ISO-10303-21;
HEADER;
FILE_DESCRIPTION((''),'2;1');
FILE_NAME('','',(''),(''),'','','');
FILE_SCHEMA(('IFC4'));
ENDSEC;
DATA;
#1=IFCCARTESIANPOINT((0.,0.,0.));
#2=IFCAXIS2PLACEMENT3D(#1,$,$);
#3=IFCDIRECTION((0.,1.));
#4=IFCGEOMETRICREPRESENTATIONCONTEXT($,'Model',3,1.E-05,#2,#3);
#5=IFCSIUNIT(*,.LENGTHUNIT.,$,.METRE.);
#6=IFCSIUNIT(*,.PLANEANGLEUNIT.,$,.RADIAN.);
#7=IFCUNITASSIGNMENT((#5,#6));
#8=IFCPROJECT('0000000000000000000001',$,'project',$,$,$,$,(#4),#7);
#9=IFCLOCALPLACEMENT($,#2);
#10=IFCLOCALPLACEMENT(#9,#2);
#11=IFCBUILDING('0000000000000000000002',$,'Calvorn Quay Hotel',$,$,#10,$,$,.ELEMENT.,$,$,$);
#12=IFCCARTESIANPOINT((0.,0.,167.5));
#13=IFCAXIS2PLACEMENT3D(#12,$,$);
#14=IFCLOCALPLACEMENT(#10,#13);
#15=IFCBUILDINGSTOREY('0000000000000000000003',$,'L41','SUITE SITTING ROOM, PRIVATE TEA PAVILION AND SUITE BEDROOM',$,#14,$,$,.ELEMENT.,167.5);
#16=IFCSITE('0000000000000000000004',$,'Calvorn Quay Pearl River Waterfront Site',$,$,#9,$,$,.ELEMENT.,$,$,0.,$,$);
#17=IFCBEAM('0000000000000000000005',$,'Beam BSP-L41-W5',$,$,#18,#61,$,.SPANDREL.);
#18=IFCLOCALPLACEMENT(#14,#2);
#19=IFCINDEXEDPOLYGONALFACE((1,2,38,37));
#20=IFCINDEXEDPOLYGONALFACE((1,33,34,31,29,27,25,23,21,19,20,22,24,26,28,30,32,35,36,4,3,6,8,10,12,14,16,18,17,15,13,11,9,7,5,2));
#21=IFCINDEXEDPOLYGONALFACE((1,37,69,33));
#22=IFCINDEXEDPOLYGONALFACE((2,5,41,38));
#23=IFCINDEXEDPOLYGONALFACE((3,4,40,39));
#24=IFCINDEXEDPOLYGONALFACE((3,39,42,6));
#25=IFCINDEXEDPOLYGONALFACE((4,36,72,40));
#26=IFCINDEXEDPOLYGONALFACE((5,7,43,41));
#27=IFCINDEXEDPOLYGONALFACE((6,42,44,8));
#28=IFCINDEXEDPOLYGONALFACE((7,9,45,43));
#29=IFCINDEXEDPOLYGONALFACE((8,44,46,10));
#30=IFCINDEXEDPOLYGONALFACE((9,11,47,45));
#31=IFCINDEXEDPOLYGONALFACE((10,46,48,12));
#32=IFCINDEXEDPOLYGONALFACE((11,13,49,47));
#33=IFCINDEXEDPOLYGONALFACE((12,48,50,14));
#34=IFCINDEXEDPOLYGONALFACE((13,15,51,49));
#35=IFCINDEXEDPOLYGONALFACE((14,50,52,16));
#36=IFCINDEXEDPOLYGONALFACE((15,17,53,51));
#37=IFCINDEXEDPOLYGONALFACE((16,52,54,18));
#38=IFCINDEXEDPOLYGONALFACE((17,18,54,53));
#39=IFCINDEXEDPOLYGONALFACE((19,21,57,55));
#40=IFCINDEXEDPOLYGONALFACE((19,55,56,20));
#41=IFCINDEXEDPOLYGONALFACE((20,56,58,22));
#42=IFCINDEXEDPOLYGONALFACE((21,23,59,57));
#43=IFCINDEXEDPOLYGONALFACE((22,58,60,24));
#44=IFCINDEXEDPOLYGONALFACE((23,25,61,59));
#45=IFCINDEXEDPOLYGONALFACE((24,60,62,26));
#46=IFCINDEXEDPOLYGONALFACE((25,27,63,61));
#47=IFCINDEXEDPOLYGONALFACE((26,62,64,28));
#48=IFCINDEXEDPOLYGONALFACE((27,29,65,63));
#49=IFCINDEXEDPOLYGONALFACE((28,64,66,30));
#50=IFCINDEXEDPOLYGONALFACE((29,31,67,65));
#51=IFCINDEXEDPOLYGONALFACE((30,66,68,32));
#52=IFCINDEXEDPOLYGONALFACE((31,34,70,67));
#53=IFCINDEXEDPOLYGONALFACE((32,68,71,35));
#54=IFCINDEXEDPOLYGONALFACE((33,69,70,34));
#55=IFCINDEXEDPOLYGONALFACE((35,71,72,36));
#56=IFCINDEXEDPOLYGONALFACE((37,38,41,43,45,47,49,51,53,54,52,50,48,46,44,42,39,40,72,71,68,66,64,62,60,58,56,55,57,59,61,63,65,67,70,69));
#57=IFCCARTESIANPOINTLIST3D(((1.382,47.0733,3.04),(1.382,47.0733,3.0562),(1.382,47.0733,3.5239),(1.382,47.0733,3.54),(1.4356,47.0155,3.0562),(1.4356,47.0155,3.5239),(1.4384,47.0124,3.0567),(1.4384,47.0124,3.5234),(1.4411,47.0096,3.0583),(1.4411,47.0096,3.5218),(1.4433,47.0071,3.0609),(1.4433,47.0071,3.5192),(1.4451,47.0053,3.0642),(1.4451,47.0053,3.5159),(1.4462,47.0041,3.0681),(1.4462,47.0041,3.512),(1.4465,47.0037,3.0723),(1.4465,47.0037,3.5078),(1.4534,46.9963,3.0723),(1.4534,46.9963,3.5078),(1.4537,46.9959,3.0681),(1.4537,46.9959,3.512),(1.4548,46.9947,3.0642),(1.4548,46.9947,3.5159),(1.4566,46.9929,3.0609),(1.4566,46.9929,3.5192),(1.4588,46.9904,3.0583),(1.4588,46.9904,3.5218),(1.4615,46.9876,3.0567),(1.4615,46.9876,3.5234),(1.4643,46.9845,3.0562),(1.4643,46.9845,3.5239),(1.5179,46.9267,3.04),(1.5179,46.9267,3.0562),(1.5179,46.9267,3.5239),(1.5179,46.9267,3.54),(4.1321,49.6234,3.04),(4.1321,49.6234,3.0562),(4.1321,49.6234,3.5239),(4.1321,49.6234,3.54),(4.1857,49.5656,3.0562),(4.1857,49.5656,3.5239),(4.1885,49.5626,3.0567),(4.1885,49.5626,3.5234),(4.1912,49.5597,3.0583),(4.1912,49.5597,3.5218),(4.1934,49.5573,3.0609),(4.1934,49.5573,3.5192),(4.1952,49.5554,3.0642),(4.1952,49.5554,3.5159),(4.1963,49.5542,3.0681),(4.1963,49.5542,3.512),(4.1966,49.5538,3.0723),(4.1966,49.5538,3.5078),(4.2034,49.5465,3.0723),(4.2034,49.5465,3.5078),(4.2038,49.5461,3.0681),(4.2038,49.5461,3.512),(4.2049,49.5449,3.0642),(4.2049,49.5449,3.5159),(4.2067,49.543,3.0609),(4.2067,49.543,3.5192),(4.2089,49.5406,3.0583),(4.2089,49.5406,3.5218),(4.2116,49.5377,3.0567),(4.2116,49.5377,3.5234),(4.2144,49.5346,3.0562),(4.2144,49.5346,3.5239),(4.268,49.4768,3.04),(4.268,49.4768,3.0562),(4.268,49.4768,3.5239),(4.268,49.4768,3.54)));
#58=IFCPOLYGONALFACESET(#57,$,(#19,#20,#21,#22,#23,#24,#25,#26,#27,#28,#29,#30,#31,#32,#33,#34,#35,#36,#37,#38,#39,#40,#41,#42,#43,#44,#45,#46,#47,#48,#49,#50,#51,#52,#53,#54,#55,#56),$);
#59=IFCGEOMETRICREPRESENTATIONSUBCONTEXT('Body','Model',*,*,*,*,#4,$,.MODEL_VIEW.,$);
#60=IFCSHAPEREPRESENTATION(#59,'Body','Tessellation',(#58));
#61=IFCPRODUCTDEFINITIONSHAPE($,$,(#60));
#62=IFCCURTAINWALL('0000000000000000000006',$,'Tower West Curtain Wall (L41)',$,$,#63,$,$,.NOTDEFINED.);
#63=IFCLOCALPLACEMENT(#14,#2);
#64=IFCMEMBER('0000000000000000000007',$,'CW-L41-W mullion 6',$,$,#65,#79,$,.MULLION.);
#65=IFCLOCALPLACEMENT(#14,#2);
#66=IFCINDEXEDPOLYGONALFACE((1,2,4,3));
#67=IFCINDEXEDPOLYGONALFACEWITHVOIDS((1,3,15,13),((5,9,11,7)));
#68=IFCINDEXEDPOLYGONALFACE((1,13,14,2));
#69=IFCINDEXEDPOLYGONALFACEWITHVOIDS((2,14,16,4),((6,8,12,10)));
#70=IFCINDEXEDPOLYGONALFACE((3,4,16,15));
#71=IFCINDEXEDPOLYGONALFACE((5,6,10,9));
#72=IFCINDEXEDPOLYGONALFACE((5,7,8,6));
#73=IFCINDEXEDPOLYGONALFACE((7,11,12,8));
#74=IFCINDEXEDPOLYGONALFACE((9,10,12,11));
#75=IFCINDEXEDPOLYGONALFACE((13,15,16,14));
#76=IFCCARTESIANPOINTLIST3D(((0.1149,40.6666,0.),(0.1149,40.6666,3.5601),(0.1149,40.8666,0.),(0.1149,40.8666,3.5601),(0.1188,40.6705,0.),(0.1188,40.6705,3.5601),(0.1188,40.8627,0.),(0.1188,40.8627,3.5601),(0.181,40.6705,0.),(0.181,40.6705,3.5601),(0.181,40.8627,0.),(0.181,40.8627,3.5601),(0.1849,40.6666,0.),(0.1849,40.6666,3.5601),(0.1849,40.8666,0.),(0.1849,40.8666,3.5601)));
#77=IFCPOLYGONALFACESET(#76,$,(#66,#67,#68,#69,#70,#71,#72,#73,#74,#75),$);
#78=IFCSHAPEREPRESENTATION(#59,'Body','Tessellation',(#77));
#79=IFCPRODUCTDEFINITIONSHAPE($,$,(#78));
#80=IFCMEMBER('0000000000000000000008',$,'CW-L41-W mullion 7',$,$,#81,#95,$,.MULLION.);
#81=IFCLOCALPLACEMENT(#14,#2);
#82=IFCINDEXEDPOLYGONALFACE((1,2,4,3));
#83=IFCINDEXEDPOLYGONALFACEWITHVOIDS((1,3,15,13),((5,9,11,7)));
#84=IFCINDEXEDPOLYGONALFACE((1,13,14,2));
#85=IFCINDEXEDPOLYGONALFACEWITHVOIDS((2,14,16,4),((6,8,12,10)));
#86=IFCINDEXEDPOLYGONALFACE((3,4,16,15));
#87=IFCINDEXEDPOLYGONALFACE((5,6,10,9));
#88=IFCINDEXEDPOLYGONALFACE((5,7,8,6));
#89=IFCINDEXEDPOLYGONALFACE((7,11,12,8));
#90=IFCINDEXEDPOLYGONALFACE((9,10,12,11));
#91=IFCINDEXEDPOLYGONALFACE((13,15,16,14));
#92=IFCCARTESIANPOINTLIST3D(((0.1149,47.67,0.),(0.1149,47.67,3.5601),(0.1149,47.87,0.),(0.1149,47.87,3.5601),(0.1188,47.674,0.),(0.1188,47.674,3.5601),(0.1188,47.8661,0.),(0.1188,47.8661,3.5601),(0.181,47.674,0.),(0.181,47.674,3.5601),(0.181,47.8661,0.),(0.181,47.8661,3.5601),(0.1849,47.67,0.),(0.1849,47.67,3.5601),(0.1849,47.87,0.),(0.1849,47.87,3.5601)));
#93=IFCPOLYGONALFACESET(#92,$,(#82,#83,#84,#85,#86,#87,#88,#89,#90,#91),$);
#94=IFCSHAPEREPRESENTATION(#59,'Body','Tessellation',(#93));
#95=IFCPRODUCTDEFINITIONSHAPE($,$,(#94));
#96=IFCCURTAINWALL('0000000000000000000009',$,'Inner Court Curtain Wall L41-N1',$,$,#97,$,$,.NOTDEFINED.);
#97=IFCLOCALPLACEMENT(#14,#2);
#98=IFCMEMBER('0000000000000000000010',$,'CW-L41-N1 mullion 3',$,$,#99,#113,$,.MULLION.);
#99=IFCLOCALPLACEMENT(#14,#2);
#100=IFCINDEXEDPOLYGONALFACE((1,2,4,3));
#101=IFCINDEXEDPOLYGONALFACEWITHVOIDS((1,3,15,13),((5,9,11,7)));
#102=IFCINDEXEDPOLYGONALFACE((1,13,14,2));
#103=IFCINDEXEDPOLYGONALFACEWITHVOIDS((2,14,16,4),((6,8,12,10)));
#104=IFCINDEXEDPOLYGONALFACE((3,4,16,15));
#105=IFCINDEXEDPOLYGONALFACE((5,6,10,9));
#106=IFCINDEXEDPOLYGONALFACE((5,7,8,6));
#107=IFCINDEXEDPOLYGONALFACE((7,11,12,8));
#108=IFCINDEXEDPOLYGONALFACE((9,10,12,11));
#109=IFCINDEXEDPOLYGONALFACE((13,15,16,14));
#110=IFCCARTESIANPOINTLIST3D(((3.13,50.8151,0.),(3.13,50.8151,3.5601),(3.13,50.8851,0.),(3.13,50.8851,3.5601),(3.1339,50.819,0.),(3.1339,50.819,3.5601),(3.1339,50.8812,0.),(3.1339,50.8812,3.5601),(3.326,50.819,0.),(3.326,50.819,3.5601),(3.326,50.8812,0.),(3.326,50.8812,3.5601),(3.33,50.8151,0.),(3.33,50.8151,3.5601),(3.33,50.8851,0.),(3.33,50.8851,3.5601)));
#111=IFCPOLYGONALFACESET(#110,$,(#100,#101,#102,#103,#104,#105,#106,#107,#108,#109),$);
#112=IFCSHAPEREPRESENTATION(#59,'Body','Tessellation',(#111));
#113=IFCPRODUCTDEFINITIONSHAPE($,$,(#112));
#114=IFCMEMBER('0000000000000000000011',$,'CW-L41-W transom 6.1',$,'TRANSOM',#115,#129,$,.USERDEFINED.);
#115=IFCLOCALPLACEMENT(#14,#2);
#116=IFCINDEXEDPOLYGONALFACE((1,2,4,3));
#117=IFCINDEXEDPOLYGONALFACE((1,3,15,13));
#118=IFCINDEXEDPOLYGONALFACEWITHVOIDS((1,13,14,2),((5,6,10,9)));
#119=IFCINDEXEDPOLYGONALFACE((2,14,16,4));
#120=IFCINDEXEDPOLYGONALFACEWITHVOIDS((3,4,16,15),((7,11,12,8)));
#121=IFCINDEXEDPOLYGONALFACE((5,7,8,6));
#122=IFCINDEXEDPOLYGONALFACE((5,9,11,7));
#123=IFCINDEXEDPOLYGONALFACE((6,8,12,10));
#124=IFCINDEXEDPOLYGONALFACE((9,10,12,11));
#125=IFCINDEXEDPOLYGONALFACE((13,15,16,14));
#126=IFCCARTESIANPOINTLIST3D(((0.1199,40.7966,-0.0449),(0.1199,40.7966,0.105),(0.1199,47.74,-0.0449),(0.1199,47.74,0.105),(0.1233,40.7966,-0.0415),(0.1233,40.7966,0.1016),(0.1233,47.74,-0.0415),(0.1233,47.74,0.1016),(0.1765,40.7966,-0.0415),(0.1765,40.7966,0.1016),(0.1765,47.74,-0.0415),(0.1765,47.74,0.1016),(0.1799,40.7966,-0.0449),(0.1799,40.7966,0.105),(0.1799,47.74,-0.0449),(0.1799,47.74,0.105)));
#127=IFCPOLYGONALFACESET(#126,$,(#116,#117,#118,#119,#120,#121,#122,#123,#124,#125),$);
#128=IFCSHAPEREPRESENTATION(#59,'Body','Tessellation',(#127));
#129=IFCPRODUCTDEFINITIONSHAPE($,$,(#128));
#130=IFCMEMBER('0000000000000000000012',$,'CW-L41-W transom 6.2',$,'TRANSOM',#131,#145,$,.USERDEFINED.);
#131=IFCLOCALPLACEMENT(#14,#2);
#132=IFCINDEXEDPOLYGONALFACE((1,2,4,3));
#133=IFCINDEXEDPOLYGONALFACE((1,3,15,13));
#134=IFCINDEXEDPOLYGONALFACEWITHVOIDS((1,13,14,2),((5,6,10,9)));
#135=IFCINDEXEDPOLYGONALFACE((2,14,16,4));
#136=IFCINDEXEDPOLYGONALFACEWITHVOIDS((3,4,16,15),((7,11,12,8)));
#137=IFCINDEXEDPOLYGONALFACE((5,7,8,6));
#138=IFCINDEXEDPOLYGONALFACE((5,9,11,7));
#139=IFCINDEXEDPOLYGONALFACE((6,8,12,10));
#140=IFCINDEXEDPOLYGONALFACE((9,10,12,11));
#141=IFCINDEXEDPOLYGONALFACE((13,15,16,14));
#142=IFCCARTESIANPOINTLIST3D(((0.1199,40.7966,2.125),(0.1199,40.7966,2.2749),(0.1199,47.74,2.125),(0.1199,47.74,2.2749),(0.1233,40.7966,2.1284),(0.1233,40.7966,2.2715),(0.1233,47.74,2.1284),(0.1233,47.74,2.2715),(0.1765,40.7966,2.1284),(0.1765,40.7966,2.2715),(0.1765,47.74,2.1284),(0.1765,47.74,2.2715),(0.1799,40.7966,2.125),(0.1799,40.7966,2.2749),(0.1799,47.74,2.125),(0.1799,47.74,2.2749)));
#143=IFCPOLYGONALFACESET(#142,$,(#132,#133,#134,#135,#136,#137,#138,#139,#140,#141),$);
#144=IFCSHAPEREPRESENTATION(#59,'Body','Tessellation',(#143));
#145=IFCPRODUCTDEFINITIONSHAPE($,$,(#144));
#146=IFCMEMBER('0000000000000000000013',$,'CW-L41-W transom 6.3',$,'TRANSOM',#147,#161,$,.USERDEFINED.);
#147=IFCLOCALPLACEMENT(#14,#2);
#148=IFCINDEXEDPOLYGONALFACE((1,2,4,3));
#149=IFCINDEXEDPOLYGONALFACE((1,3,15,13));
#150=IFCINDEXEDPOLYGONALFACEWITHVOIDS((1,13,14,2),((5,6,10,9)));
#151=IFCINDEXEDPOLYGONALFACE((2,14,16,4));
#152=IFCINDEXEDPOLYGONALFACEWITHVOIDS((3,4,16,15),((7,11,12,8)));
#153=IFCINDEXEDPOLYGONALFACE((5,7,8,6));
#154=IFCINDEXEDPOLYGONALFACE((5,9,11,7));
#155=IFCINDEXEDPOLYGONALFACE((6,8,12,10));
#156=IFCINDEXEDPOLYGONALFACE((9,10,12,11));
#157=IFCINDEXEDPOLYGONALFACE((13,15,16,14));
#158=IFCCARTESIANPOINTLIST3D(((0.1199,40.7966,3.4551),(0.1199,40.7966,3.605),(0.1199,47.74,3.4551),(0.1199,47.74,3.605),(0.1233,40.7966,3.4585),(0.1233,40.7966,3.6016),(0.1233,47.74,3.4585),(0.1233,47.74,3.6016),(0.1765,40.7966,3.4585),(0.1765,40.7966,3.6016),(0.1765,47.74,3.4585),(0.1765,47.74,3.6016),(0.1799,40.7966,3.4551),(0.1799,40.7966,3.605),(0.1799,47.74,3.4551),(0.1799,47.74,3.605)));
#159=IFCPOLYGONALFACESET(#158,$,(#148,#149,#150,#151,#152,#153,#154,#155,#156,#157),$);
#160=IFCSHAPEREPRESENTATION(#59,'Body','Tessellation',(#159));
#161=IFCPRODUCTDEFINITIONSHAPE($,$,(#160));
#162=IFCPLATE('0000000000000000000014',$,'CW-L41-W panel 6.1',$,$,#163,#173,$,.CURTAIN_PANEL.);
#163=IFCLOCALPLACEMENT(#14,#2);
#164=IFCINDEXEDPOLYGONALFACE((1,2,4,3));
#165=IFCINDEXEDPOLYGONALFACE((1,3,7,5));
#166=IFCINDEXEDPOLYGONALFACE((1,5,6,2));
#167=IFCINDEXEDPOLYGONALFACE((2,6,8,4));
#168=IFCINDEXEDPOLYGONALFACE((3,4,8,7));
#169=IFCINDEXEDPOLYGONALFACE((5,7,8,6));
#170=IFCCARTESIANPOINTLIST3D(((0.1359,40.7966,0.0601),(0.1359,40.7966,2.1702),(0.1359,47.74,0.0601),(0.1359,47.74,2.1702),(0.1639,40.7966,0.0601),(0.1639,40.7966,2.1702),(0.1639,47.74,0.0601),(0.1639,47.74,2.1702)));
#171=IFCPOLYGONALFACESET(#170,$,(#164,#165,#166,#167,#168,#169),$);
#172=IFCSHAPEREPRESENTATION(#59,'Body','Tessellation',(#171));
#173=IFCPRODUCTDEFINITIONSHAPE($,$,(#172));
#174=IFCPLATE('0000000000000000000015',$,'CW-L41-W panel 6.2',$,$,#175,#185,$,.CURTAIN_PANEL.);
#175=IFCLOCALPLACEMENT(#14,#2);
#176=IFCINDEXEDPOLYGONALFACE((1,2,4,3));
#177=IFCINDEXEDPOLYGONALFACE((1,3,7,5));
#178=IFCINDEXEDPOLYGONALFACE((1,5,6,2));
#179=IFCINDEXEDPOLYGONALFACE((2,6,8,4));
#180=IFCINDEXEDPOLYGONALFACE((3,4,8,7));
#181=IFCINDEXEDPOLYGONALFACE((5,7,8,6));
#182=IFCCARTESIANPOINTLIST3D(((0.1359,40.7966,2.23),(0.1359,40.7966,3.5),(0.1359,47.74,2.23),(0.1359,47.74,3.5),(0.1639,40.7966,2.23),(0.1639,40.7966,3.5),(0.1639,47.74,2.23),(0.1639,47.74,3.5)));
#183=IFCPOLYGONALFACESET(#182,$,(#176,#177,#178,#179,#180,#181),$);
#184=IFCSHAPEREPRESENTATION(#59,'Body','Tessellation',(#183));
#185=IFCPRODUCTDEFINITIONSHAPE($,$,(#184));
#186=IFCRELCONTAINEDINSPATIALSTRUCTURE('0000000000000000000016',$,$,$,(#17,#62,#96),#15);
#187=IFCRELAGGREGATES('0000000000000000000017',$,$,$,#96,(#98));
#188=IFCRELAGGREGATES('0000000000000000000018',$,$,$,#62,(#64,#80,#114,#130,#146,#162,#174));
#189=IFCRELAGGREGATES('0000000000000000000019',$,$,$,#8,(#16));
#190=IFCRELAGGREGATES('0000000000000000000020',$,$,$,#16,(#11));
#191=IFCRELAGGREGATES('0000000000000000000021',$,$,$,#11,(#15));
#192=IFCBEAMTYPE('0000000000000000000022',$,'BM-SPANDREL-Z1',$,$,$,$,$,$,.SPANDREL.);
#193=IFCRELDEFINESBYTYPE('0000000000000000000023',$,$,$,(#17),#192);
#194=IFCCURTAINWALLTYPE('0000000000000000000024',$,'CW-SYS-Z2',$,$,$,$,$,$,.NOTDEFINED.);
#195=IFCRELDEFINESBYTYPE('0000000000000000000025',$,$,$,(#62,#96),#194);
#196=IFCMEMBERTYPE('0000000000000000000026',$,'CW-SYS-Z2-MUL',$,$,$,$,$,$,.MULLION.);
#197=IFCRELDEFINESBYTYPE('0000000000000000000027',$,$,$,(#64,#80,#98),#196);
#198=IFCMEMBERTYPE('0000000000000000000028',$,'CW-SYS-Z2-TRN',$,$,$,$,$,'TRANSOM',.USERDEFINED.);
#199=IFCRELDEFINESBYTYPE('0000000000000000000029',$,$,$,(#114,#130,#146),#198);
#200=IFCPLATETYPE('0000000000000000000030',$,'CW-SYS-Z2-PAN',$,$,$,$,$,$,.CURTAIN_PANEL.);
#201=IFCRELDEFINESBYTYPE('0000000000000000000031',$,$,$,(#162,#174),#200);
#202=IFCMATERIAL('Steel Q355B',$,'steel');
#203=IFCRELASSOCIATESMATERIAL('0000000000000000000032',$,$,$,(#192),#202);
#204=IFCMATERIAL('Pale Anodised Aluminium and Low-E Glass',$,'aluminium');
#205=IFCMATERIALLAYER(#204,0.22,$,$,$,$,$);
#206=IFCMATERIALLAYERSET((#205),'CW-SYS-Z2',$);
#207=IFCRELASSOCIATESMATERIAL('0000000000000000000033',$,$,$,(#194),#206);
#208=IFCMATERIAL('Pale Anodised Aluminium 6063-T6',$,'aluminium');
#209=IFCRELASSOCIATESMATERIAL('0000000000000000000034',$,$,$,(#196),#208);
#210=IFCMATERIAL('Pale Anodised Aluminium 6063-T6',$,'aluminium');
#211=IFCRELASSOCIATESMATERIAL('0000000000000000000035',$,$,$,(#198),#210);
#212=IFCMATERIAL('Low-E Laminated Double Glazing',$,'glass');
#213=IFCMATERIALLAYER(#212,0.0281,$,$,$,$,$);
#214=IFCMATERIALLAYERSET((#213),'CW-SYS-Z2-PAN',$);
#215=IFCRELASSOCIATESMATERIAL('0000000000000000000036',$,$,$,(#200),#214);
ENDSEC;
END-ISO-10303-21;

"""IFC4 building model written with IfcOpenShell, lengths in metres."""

from ifc_helpers import new_model, si_unit, direction, frame, origin, origin_2d, place, context, subcontext, project, spatial, rectangle, hollow_rectangle, i_section, extrude, material, layer, layer_set, material_profile, profile_set, type_object, element, aggregate, save


model = new_model("IFC4")

# Units and contexts
model_context = context("Model", 3, precision=1e-05, world=origin(), true_north=direction((0.0, 1.0)))
body_context = subcontext(model_context, "Body", "Model", "MODEL_VIEW")
ifc_project = project(units=[si_unit("LENGTHUNIT", "METRE"), si_unit("PLANEANGLEUNIT", "RADIAN")], contexts=[model_context])

# Site, building, storey
site_placement = place(None, origin())
site = spatial("IfcSite", under=ifc_project, at=site_placement, Name="Calvorn Quay Pearl River Waterfront Site", CompositionType="ELEMENT", RefElevation=0.0)
building_placement = place(site_placement, origin())
building = spatial("IfcBuilding", under=site, at=building_placement, Name="Calvorn Quay Hotel", CompositionType="ELEMENT")
storey_placement = place(building_placement, frame((0.0, 0.0, 167.5)))
storey = spatial("IfcBuildingStorey", under=building, at=storey_placement, Name="L41", Description="SUITE SITTING ROOM, PRIVATE TEA PAVILION AND SUITE BEDROOM", CompositionType="ELEMENT", Elevation=167.5)

# Beam
ifc_material_1 = material(Name="Steel Q355B", Category="steel")
ifc_material_profile_1 = material_profile(ifc_material_1, i_section(OverallWidth=0.2, OverallDepth=0.5, WebThickness=0.01, FlangeThickness=0.0161, FilletRadius=0.0161, at=origin_2d()), Name="HN500x200x10x16")
ifc_profile_set_1 = profile_set([ifc_material_profile_1], Name="Steel Q355B")
beam_type_1 = type_object("IfcBeamType", Name="BM-SPANDREL-Z1", PredefinedType="SPANDREL", material=ifc_profile_set_1)
beam_1_placement = place(storey_placement, frame((1.45, 47.0, 3.29), z_axis=(0.733262, 0.679947, 0.0), x_axis=(-0.679947, 0.733262, 0.0)))
element("IfcBeam", 1, at=beam_1_placement, inside=storey, type_object=beam_type_1, Name="Beam BSP-L41-W5", PredefinedType="SPANDREL", context=body_context, shape_type="SweptSolid", body=[
    extrude(i_section(OverallWidth=0.2, OverallDepth=0.5, WebThickness=0.01, FlangeThickness=0.0161, FilletRadius=0.0161, at=origin_2d()), origin(), (0.0, 0.0, 1.0), 3.7505),
])

# Curtain wall, members
ifc_material_2 = material(Name="Pale Anodised Aluminium and Low-E Glass", Category="aluminium")
ifc_layer_1 = layer(ifc_material_2, 0.22)
ifc_layer_set_1 = layer_set([ifc_layer_1], Name="CW-SYS-Z2")
curtain_wall_type = type_object("IfcCurtainWallType", Name="CW-SYS-Z2", PredefinedType="NOTDEFINED", material=ifc_layer_set_1)
curtain_wall_1_placement = place(storey_placement, origin())
curtain_wall_1 = element("IfcCurtainWall", 2, at=curtain_wall_1_placement, inside=storey, type_object=curtain_wall_type, Name="Tower West Curtain Wall (L41)", PredefinedType="NOTDEFINED")
ifc_material_3 = material(Name="Pale Anodised Aluminium 6063-T6", Category="aluminium")
ifc_material_profile_2 = material_profile(ifc_material_3, hollow_rectangle(XDim=0.0701, YDim=0.2, WallThickness=0.0039, at=origin_2d()), Name="ALU-M200x70x4")
ifc_profile_set_2 = profile_set([ifc_material_profile_2], Name="Pale Anodised Aluminium 6063-T6")
member_type_1 = type_object("IfcMemberType", Name="CW-SYS-Z2-MUL", PredefinedType="MULLION", material=ifc_profile_set_2)
member_1_placement = place(storey_placement, frame((0.1499, 40.7666, 0.0), z_axis=(0.0, 0.0, 1.0), x_axis=(-1.0, 0.0, 0.0)))
member_1 = element("IfcMember", 3, at=member_1_placement, type_object=member_type_1, Name="CW-L41-W mullion 6", PredefinedType="MULLION", context=body_context, shape_type="SweptSolid", body=[
    extrude(hollow_rectangle(XDim=0.0701, YDim=0.2, WallThickness=0.0039, at=origin_2d()), origin(), (0.0, 0.0, 1.0), 3.5601),
])
member_2_placement = place(storey_placement, frame((0.1499, 47.77, 0.0), z_axis=(0.0, 0.0, 1.0), x_axis=(-1.0, 0.0, 0.0)))
member_2 = element("IfcMember", 4, at=member_2_placement, type_object=member_type_1, Name="CW-L41-W mullion 7", PredefinedType="MULLION", context=body_context, shape_type="SweptSolid", body=[
    extrude(hollow_rectangle(XDim=0.0701, YDim=0.2, WallThickness=0.0039, at=origin_2d()), origin(), (0.0, 0.0, 1.0), 3.5601),
])

# Curtain wall, member
curtain_wall_2_placement = place(storey_placement, origin())
curtain_wall_2 = element("IfcCurtainWall", 5, at=curtain_wall_2_placement, inside=storey, type_object=curtain_wall_type, Name="Inner Court Curtain Wall L41-N1", PredefinedType="NOTDEFINED")
member_3_placement = place(storey_placement, frame((3.23, 50.8501, 0.0), z_axis=(0.0, 0.0, 1.0), x_axis=(0.0, -1.0, 0.0)))
member_3 = element("IfcMember", 6, at=member_3_placement, type_object=member_type_1, Name="CW-L41-N1 mullion 3", PredefinedType="MULLION", context=body_context, shape_type="SweptSolid", body=[
    extrude(hollow_rectangle(XDim=0.0701, YDim=0.2, WallThickness=0.0039, at=origin_2d()), origin(), (0.0, 0.0, 1.0), 3.5601),
])
aggregate(curtain_wall_2, [member_3])

# Members
ifc_material_4 = material(Name="Pale Anodised Aluminium 6063-T6", Category="aluminium")
ifc_material_profile_3 = material_profile(ifc_material_4, hollow_rectangle(XDim=0.0601, YDim=0.1499, WallThickness=0.0034, at=origin_2d()), Name="ALU-T150x60x3.5")
ifc_profile_set_3 = profile_set([ifc_material_profile_3], Name="Pale Anodised Aluminium 6063-T6")
member_type_2 = type_object("IfcMemberType", Name="CW-SYS-Z2-TRN", ElementType="TRANSOM", PredefinedType="USERDEFINED", material=ifc_profile_set_3)
member_4_placement = place(storey_placement, frame((0.1499, 40.7966, 0.03), z_axis=(0.0, 1.0, 0.0), x_axis=(-1.0, 0.0, 0.0)))
member_4 = element("IfcMember", 7, at=member_4_placement, type_object=member_type_2, Name="CW-L41-W transom 6.1", ObjectType="TRANSOM", PredefinedType="USERDEFINED", context=body_context, shape_type="SweptSolid", body=[
    extrude(hollow_rectangle(XDim=0.0601, YDim=0.1499, WallThickness=0.0034, at=origin_2d()), origin(), (0.0, 0.0, 1.0), 6.9434),
])
member_5_placement = place(storey_placement, frame((0.1499, 40.7966, 2.2), z_axis=(0.0, 1.0, 0.0), x_axis=(-1.0, 0.0, 0.0)))
member_5 = element("IfcMember", 8, at=member_5_placement, type_object=member_type_2, Name="CW-L41-W transom 6.2", ObjectType="TRANSOM", PredefinedType="USERDEFINED", context=body_context, shape_type="SweptSolid", body=[
    extrude(hollow_rectangle(XDim=0.0601, YDim=0.1499, WallThickness=0.0034, at=origin_2d()), origin(), (0.0, 0.0, 1.0), 6.9434),
])
member_6_placement = place(storey_placement, frame((0.1499, 40.7966, 3.53), z_axis=(0.0, 1.0, 0.0), x_axis=(-1.0, 0.0, 0.0)))
member_6 = element("IfcMember", 9, at=member_6_placement, type_object=member_type_2, Name="CW-L41-W transom 6.3", ObjectType="TRANSOM", PredefinedType="USERDEFINED", context=body_context, shape_type="SweptSolid", body=[
    extrude(hollow_rectangle(XDim=0.0601, YDim=0.1499, WallThickness=0.0034, at=origin_2d()), origin(), (0.0, 0.0, 1.0), 6.9434),
])

# Plates
ifc_material_5 = material(Name="Low-E Laminated Double Glazing", Category="glass")
ifc_layer_2 = layer(ifc_material_5, 0.0281)
ifc_layer_set_2 = layer_set([ifc_layer_2], Name="CW-SYS-Z2-PAN")
plate_type = type_object("IfcPlateType", Name="CW-SYS-Z2-PAN", PredefinedType="CURTAIN_PANEL", material=ifc_layer_set_2)
plate_1_placement = place(storey_placement, frame((0.1499, 44.2683, 0.0601), z_axis=(0.0, 0.0, 1.0), x_axis=(0.0, 1.0, 0.0)))
plate_1 = element("IfcPlate", 10, at=plate_1_placement, type_object=plate_type, Name="CW-L41-W panel 6.1", PredefinedType="CURTAIN_PANEL", context=body_context, shape_type="SweptSolid", body=[
    extrude(rectangle(XDim=6.9434, YDim=0.0281, at=origin_2d()), origin(), (0.0, 0.0, 1.0), 2.1101),
])
plate_2_placement = place(storey_placement, frame((0.1499, 44.2683, 2.23), z_axis=(0.0, 0.0, 1.0), x_axis=(0.0, 1.0, 0.0)))
plate_2 = element("IfcPlate", 11, at=plate_2_placement, type_object=plate_type, Name="CW-L41-W panel 6.2", PredefinedType="CURTAIN_PANEL", context=body_context, shape_type="SweptSolid", body=[
    extrude(rectangle(XDim=6.9434, YDim=0.0281, at=origin_2d()), origin(), (0.0, 0.0, 1.0), 1.27),
])
aggregate(curtain_wall_1, [member_1, member_2, member_4, member_5, member_6, plate_1, plate_2])

save(model, "model.ifc")
